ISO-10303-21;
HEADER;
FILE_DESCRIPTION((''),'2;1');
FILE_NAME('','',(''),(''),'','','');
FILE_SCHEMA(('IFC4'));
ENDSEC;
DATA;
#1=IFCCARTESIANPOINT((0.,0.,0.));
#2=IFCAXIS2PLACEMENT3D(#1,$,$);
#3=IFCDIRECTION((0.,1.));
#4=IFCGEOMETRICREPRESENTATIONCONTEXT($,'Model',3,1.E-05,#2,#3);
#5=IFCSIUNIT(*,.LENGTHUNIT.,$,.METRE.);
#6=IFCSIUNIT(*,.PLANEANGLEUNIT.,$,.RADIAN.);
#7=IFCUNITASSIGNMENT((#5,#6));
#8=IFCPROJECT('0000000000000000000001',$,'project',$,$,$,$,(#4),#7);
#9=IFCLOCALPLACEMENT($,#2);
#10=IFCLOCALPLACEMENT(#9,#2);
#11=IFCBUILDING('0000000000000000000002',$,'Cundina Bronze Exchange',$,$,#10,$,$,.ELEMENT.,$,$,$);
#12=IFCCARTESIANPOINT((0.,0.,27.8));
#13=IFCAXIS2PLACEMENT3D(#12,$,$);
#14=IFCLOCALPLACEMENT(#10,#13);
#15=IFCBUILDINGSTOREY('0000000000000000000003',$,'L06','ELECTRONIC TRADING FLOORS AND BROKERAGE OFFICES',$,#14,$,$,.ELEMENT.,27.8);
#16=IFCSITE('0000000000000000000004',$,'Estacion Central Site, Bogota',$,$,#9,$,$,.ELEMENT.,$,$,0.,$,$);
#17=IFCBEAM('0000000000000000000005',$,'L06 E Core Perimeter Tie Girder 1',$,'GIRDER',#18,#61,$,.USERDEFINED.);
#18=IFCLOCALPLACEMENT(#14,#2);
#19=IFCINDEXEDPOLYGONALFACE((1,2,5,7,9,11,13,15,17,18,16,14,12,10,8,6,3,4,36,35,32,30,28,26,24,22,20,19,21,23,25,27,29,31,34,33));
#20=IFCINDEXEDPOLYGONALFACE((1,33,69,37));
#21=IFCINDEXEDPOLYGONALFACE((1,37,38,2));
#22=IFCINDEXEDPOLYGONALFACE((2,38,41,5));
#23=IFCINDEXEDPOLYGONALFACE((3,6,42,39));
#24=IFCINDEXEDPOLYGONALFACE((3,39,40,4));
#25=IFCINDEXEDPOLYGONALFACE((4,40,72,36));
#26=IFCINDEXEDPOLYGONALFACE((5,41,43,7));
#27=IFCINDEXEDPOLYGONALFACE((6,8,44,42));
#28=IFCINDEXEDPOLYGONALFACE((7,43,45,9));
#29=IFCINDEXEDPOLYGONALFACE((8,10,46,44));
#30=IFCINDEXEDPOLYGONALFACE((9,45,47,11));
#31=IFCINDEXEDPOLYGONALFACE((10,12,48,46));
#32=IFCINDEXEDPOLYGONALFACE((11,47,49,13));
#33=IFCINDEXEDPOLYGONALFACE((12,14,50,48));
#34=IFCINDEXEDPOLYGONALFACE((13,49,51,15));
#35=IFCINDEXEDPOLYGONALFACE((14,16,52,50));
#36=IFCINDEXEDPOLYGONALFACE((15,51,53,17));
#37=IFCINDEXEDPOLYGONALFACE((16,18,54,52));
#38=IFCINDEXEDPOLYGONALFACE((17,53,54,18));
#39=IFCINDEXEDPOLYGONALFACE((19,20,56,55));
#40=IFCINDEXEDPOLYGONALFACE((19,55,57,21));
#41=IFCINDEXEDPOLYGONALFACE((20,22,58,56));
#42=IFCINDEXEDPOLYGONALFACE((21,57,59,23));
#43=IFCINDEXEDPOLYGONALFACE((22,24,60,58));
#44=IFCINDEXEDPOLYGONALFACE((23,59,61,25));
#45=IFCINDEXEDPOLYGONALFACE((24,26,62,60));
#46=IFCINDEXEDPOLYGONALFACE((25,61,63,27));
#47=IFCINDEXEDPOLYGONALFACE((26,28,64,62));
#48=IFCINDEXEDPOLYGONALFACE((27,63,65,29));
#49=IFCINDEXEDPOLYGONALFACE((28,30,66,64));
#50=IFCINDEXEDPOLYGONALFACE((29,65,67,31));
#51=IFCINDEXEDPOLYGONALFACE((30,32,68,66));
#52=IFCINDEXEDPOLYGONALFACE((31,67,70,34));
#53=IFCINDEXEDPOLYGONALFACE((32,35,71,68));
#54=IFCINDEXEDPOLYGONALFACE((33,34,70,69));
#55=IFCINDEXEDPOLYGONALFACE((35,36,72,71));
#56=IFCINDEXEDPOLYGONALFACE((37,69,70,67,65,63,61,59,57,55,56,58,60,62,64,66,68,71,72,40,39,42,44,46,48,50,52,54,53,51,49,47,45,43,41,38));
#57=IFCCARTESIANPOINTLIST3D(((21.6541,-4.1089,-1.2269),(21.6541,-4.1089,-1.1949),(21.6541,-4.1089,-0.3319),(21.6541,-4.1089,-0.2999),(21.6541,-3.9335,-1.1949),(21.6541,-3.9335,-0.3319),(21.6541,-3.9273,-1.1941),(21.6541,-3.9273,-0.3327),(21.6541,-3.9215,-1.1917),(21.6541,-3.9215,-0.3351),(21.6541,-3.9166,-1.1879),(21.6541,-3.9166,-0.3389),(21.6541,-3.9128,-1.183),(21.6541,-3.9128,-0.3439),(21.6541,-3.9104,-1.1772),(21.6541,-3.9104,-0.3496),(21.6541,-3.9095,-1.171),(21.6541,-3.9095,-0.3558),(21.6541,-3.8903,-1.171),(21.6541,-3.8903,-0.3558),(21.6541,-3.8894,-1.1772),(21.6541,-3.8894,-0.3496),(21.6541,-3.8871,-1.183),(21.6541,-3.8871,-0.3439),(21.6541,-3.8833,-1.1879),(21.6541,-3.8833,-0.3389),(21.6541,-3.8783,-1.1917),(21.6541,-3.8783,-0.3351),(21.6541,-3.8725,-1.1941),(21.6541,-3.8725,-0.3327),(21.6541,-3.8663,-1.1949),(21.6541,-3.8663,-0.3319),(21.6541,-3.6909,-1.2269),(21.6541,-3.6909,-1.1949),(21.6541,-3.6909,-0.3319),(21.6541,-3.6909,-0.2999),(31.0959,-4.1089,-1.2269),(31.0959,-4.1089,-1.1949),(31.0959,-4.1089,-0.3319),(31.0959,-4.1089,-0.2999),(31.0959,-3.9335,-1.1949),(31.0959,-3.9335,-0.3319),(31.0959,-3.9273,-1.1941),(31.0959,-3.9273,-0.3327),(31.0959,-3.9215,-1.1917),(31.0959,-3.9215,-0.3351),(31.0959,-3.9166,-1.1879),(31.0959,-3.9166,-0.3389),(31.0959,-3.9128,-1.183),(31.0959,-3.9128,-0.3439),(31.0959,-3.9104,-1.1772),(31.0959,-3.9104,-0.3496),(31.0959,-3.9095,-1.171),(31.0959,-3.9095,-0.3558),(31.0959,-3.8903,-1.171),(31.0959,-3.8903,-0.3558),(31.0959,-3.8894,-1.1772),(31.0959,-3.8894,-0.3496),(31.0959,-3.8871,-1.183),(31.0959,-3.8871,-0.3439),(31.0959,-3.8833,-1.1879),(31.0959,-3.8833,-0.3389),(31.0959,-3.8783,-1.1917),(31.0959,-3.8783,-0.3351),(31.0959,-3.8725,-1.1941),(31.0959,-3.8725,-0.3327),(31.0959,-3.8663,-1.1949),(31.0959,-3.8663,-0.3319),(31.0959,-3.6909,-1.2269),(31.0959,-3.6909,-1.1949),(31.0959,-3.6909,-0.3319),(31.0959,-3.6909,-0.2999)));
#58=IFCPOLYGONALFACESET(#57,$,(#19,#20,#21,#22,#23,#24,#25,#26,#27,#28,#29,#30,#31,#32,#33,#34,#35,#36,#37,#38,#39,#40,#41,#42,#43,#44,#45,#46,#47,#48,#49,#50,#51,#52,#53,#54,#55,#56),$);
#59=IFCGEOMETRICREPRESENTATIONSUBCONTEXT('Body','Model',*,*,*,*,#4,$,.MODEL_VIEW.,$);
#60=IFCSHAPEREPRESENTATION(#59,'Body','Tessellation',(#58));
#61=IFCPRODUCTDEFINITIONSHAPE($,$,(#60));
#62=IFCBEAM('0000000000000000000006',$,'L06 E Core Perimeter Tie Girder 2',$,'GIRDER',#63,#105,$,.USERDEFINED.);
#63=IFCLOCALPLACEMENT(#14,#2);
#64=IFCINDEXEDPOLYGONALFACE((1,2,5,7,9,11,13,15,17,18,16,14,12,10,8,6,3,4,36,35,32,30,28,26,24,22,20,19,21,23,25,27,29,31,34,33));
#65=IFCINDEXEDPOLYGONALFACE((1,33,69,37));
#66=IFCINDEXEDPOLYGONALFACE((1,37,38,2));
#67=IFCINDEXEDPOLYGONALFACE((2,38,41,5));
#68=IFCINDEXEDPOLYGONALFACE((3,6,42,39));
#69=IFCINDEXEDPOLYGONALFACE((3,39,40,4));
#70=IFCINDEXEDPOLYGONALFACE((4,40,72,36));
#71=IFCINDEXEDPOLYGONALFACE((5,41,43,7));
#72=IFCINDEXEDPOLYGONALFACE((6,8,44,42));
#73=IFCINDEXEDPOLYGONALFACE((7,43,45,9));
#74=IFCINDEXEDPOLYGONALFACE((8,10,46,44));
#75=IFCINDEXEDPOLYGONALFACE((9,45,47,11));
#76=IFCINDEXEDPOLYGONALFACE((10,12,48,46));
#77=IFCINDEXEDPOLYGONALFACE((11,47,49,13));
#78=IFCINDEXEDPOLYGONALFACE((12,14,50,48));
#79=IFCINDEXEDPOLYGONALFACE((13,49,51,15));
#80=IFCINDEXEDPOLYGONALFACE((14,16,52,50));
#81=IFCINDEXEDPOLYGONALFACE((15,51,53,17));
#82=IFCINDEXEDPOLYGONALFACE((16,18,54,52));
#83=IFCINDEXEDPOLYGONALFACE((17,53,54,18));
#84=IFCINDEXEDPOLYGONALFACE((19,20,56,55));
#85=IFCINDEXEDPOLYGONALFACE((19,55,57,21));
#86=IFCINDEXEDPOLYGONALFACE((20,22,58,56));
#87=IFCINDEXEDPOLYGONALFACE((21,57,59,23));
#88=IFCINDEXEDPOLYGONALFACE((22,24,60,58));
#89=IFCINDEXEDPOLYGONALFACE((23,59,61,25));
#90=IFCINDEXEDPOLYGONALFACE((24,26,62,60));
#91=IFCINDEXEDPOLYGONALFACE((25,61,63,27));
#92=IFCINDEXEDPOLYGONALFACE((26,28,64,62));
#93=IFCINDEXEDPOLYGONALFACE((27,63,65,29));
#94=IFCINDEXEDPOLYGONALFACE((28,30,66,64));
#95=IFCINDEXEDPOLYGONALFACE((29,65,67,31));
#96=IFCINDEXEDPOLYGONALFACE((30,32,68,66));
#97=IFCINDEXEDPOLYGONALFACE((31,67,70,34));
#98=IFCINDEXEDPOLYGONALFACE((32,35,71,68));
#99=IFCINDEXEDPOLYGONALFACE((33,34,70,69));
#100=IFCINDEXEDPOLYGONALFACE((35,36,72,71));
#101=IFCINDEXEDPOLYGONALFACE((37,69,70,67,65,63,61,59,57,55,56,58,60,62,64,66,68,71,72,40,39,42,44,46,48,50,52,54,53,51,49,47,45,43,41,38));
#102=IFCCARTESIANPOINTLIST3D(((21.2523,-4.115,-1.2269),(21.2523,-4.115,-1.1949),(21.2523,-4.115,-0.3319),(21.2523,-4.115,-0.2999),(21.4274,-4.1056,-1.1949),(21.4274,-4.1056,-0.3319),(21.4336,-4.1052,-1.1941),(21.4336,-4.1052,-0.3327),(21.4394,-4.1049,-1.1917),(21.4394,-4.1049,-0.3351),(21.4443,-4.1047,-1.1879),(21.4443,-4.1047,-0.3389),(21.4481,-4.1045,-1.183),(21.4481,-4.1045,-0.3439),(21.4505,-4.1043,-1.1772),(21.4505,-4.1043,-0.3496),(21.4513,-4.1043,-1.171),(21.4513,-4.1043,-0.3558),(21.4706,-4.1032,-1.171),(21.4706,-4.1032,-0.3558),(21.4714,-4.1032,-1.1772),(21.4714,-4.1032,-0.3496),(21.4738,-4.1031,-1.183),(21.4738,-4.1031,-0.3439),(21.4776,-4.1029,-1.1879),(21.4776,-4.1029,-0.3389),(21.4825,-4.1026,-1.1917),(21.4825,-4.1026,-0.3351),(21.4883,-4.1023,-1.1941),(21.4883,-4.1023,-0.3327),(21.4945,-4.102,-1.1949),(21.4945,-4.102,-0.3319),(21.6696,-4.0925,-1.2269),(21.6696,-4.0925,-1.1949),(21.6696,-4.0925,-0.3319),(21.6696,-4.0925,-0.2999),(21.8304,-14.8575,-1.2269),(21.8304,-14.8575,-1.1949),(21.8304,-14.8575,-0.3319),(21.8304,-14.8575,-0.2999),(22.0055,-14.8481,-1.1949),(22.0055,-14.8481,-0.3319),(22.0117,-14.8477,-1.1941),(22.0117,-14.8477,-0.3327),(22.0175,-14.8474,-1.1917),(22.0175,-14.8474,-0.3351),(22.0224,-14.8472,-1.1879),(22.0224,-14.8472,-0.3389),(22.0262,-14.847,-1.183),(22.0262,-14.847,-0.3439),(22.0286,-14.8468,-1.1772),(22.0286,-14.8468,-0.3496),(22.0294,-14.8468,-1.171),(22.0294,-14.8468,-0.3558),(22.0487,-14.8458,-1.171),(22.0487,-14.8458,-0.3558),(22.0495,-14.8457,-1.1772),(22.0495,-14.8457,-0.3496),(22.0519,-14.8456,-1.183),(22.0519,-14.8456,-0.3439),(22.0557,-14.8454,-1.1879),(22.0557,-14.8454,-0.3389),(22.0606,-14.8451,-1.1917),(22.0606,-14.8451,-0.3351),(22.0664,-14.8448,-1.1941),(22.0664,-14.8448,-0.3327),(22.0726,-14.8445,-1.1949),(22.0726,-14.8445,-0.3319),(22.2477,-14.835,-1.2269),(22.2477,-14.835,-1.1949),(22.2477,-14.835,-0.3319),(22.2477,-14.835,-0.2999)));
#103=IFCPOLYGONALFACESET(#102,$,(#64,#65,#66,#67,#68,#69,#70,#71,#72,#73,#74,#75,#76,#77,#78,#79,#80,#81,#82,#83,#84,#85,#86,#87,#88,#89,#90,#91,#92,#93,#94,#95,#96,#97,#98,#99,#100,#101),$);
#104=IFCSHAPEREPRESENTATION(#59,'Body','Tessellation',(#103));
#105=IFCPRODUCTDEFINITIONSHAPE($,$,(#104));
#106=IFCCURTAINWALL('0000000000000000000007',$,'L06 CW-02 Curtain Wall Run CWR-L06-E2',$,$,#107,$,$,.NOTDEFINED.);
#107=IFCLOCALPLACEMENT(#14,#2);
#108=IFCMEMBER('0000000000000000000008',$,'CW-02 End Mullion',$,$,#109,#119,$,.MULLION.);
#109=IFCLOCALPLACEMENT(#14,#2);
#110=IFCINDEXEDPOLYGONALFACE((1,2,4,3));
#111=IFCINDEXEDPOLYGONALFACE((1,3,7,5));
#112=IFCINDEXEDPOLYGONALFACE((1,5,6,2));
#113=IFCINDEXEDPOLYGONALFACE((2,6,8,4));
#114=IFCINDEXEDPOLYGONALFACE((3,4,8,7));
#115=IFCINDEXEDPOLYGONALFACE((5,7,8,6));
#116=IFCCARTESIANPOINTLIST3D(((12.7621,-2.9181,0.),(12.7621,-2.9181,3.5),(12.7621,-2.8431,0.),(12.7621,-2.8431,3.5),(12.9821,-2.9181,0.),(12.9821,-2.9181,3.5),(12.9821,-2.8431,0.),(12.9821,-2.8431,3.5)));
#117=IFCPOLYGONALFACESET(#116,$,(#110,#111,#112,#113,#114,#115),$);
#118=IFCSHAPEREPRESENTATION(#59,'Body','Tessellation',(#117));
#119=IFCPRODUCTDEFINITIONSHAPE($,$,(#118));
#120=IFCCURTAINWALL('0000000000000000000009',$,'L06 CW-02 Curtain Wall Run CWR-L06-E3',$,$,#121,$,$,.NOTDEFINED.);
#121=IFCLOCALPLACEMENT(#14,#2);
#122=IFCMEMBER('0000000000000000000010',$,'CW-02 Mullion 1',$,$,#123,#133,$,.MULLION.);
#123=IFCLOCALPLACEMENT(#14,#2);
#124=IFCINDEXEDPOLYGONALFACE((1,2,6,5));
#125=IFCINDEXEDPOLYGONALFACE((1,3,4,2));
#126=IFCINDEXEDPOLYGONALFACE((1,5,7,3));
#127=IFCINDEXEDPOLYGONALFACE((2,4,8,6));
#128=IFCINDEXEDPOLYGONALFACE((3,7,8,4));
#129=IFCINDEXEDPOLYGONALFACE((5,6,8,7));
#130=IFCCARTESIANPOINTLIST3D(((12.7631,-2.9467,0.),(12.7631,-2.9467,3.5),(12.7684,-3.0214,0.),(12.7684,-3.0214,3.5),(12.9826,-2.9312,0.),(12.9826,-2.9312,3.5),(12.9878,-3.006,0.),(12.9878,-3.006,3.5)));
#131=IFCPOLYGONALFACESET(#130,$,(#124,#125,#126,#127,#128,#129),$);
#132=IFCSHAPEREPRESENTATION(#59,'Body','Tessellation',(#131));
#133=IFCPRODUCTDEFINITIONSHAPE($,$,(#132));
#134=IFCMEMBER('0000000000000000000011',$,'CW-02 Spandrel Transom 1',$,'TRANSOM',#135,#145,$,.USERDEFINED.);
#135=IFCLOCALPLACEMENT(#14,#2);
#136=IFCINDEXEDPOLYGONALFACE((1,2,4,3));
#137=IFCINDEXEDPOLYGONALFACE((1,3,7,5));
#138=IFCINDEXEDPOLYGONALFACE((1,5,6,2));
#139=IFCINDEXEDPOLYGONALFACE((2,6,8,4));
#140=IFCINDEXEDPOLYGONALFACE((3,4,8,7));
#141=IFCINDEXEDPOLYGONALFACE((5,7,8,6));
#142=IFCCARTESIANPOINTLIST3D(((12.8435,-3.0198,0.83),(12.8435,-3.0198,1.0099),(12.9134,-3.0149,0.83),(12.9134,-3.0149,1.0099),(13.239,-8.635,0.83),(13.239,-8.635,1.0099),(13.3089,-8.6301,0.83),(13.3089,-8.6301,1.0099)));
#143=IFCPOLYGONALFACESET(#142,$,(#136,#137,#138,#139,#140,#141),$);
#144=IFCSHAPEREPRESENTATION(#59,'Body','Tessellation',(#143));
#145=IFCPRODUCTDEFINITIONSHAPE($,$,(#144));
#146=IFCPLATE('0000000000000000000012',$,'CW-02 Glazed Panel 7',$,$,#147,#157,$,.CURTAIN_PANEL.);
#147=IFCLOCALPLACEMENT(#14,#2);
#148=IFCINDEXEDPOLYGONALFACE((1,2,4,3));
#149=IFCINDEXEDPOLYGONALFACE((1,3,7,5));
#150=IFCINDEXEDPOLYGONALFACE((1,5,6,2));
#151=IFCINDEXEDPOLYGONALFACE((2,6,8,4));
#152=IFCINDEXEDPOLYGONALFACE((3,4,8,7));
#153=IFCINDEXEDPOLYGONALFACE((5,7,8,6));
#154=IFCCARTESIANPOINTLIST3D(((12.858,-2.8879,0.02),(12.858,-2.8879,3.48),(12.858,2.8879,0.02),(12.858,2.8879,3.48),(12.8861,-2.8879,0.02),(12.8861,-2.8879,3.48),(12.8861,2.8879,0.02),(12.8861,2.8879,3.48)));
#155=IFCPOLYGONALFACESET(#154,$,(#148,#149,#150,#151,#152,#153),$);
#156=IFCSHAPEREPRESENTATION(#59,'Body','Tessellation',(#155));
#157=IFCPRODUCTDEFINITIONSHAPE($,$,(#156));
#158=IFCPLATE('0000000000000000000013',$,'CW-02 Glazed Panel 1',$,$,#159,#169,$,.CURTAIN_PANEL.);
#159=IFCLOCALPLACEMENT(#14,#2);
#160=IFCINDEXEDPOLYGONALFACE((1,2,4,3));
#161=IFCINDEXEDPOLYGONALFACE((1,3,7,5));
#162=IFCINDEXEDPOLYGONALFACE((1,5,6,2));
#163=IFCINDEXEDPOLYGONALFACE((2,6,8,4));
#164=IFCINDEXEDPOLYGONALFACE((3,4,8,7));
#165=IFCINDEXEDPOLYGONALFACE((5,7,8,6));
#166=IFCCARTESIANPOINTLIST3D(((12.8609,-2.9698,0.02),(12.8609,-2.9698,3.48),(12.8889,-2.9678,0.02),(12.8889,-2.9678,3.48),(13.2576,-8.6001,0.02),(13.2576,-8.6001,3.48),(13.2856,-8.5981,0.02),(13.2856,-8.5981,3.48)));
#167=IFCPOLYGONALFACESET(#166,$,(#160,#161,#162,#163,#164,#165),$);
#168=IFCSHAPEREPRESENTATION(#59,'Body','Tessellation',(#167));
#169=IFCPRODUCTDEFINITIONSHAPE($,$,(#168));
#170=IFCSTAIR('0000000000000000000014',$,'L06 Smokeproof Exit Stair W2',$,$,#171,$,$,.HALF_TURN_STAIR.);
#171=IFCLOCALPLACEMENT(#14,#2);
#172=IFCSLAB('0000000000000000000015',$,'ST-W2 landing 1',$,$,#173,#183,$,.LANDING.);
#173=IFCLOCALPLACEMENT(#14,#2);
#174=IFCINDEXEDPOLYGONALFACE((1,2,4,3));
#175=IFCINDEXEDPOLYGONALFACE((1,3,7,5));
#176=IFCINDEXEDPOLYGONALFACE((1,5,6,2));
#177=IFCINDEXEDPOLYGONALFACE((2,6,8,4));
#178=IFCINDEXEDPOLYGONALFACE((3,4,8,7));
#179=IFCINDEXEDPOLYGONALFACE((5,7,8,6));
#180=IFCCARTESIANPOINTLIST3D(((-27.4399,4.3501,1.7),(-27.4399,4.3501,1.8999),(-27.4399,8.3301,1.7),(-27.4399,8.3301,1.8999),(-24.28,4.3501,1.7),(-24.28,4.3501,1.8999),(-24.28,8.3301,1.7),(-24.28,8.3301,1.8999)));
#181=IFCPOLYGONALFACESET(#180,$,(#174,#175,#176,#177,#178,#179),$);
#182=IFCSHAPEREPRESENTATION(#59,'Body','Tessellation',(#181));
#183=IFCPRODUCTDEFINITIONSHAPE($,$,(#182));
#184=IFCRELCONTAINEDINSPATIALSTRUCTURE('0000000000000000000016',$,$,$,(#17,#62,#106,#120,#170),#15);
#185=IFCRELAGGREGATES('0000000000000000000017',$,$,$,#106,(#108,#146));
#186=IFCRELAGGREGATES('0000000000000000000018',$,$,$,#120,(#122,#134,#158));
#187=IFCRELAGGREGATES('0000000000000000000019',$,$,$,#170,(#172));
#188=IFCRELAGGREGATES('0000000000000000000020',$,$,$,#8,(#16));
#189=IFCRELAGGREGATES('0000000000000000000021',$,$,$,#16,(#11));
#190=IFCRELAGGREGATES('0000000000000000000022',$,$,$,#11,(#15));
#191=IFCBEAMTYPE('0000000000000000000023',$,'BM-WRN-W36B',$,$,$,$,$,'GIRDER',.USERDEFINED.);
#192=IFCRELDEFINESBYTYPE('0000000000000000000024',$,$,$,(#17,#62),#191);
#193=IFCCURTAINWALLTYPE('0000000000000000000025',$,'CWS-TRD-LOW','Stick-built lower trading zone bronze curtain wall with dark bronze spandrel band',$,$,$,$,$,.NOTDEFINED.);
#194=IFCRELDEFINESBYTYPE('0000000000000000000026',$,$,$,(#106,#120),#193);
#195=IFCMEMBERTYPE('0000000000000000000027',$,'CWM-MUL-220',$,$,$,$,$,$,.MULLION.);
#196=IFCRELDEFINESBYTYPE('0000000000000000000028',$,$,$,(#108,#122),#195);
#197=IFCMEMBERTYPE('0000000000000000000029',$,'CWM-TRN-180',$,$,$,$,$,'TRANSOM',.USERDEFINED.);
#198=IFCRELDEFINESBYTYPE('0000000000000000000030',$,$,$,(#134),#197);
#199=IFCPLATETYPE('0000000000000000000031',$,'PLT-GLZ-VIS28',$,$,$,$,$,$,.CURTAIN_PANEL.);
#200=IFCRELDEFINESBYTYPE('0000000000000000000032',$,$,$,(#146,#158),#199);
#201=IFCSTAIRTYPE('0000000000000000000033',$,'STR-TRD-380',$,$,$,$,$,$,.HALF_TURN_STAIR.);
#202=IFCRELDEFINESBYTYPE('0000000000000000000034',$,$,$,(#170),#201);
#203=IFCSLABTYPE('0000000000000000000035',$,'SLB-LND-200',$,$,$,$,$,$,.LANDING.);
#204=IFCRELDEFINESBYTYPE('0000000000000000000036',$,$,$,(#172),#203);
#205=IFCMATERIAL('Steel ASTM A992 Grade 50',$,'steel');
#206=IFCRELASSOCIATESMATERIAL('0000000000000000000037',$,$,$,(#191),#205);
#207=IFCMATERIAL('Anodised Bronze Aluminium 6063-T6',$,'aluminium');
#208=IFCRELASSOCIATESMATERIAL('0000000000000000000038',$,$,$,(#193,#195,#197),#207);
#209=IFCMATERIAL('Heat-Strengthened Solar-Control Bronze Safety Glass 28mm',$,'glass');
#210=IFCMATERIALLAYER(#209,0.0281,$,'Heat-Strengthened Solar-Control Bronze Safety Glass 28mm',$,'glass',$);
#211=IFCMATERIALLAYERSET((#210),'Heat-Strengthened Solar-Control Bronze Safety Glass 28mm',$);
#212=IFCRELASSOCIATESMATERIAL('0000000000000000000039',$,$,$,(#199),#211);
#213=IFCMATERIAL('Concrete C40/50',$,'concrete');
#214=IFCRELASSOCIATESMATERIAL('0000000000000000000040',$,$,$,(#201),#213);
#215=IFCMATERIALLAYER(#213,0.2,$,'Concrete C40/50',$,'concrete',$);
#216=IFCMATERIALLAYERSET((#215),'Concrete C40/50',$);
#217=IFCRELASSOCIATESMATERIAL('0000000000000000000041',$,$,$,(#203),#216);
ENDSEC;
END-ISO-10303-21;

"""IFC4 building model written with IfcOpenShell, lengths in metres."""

from ifc_helpers import new_model, si_unit, direction, frame, origin, origin_2d, place, context, subcontext, project, spatial, polyline, rectangle, i_section, outline, extrude, material, layer, layer_set, material_profile, profile_set, type_object, element, aggregate, save


model = new_model("IFC4")

# Units and contexts
model_context = context("Model", 3, precision=1e-05, world=origin(), true_north=direction((0.0, 1.0)))
body_context = subcontext(model_context, "Body", "Model", "MODEL_VIEW")
ifc_project = project(units=[si_unit("LENGTHUNIT", "METRE"), si_unit("PLANEANGLEUNIT", "RADIAN")], contexts=[model_context])

# Site, building, storey
site_placement = place(None, origin())
site = spatial("IfcSite", under=ifc_project, at=site_placement, Name="Estacion Central Site, Bogota", CompositionType="ELEMENT", RefElevation=0.0)
building_placement = place(site_placement, origin())
building = spatial("IfcBuilding", under=site, at=building_placement, Name="Cundina Bronze Exchange", CompositionType="ELEMENT")
storey_placement = place(building_placement, frame((0.0, 0.0, 27.8)))
storey = spatial("IfcBuildingStorey", under=building, at=storey_placement, Name="L06", Description="ELECTRONIC TRADING FLOORS AND BROKERAGE OFFICES", CompositionType="ELEMENT", Elevation=27.8)

# Shared definitions
ifc_material_1 = material(Name="Steel ASTM A992 Grade 50", Category="steel")

# Beams
ifc_material_profile_1 = material_profile(ifc_material_1, i_section(OverallWidth=0.418, OverallDepth=0.927, WebThickness=0.0193, FlangeThickness=0.032, FilletRadius=0.0239, at=origin_2d()), Name="W36X231", Category="steel")
ifc_profile_set_1 = profile_set([ifc_material_profile_1], Name="Steel ASTM A992 Grade 50")
beam_type_1 = type_object("IfcBeamType", Name="BM-WRN-W36B", ElementType="GIRDER", PredefinedType="USERDEFINED", material=ifc_profile_set_1)
beam_1_placement = place(storey_placement, frame((31.0959, -3.8999, -0.7634), z_axis=(-1.0, 0.0, 0.0), x_axis=(0.0, -1.0, 0.0)))
element("IfcBeam", 1, at=beam_1_placement, inside=storey, type_object=beam_type_1, Name="L06 E Core Perimeter Tie Girder 1", ObjectType="GIRDER", PredefinedType="USERDEFINED", context=body_context, shape_type="SweptSolid", body=[
    extrude(i_section(OverallWidth=0.418, OverallDepth=0.927, WebThickness=0.0193, FlangeThickness=0.032, FilletRadius=0.0239, at=origin_2d()), origin(), (0.0, 0.0, 1.0), 9.4419),
])
beam_2_placement = place(storey_placement, frame((21.4609, -4.1038, -0.7634), z_axis=(0.053739, -0.998555, 0.0), x_axis=(0.998555, 0.053739, 0.0)))
element("IfcBeam", 2, at=beam_2_placement, inside=storey, type_object=beam_type_1, Name="L06 E Core Perimeter Tie Girder 2", ObjectType="GIRDER", PredefinedType="USERDEFINED", context=body_context, shape_type="SweptSolid", body=[
    extrude(i_section(OverallWidth=0.418, OverallDepth=0.927, WebThickness=0.0193, FlangeThickness=0.032, FilletRadius=0.0239, at=origin_2d()), origin(), (0.0, 0.0, 1.0), 10.7581),
])

# Curtain wall, member
ifc_material_2 = material(Name="Anodised Bronze Aluminium 6063-T6", Category="aluminium")
curtain_wall_type = type_object("IfcCurtainWallType", Name="CWS-TRD-LOW", Description="Stick-built lower trading zone bronze curtain wall with dark bronze spandrel band", PredefinedType="NOTDEFINED", material=ifc_material_2)
curtain_wall_1_placement = place(storey_placement, origin())
curtain_wall_1 = element("IfcCurtainWall", 3, at=curtain_wall_1_placement, inside=storey, type_object=curtain_wall_type, Name="L06 CW-02 Curtain Wall Run CWR-L06-E2", PredefinedType="NOTDEFINED")
ifc_material_profile_2 = material_profile(ifc_material_2, rectangle(XDim=0.075, YDim=0.22, at=origin_2d()), Name="AL75X220", Category="aluminium")
ifc_profile_set_2 = profile_set([ifc_material_profile_2], Name="Anodised Bronze Aluminium 6063-T6")
member_type_1 = type_object("IfcMemberType", Name="CWM-MUL-220", PredefinedType="MULLION", material=ifc_profile_set_2)
member_1_placement = place(storey_placement, frame((12.8721, -2.8806, 0.0), z_axis=(0.0, 0.0, 1.0), x_axis=(0.0, -1.0, 0.0)))
member_1 = element("IfcMember", 4, at=member_1_placement, type_object=member_type_1, Name="CW-02 End Mullion", PredefinedType="MULLION", context=body_context, shape_type="SweptSolid", body=[
    extrude(rectangle(XDim=0.075, YDim=0.22, at=origin_2d()), origin(), (0.0, 0.0, 1.0), 3.5),
])

# Curtain wall, members
curtain_wall_2_placement = place(storey_placement, origin())
curtain_wall_2 = element("IfcCurtainWall", 5, at=curtain_wall_2_placement, inside=storey, type_object=curtain_wall_type, Name="L06 CW-02 Curtain Wall Run CWR-L06-E3", PredefinedType="NOTDEFINED")
member_2_placement = place(storey_placement, frame((12.8755, -2.9763, 0.0), z_axis=(0.0, 0.0, 1.0), x_axis=(0.070279, -0.997527, 0.0)))
member_2 = element("IfcMember", 6, at=member_2_placement, type_object=member_type_1, Name="CW-02 Mullion 1", PredefinedType="MULLION", context=body_context, shape_type="SweptSolid", body=[
    extrude(rectangle(XDim=0.075, YDim=0.22, at=origin_2d()), origin(), (0.0, 0.0, 1.0), 3.5),
])
ifc_material_profile_3 = material_profile(ifc_material_2, rectangle(XDim=0.0701, YDim=0.1799, at=origin_2d()), Name="AL70X180", Category="aluminium")
ifc_profile_set_3 = profile_set([ifc_material_profile_3], Name="Anodised Bronze Aluminium 6063-T6")
member_type_2 = type_object("IfcMemberType", Name="CWM-TRN-180", ElementType="TRANSOM", PredefinedType="USERDEFINED", material=ifc_profile_set_3)
member_3_placement = place(storey_placement, frame((12.8784, -3.0173, 0.9199), z_axis=(0.070261, -0.997529, 0.0), x_axis=(0.997529, 0.070261, 0.0)))
member_3 = element("IfcMember", 7, at=member_3_placement, type_object=member_type_2, Name="CW-02 Spandrel Transom 1", ObjectType="TRANSOM", PredefinedType="USERDEFINED", context=body_context, shape_type="SweptSolid", body=[
    extrude(rectangle(XDim=0.0701, YDim=0.1799, at=origin_2d()), origin(), (0.0, 0.0, 1.0), 5.6292),
])

# Plates
ifc_material_3 = material(Name="Heat-Strengthened Solar-Control Bronze Safety Glass 28mm", Category="glass")
ifc_layer_1 = layer(ifc_material_3, 0.0281, Name="Heat-Strengthened Solar-Control Bronze Safety Glass 28mm", Category="glass")
ifc_layer_set_1 = layer_set([ifc_layer_1], Name="Heat-Strengthened Solar-Control Bronze Safety Glass 28mm")
plate_type = type_object("IfcPlateType", Name="PLT-GLZ-VIS28", PredefinedType="CURTAIN_PANEL", material=ifc_layer_set_1)
plate_1_placement = place(storey_placement, frame((12.8721, 0.0, 0.02), z_axis=(0.0, 0.0, 1.0), x_axis=(0.0, -1.0, 0.0)))
plate_1 = element("IfcPlate", 8, at=plate_1_placement, type_object=plate_type, Name="CW-02 Glazed Panel 7", PredefinedType="CURTAIN_PANEL", context=body_context, shape_type="SweptSolid", body=[
    extrude(rectangle(XDim=5.7759, YDim=0.0281, at=origin_2d()), origin(), (0.0, 0.0, 1.0), 3.46),
])
aggregate(curtain_wall_1, [member_1, plate_1])
plate_2_placement = place(storey_placement, frame((13.0732, -5.7839, 0.02), z_axis=(0.0, 0.0, 1.0), x_axis=(0.070279, -0.997527, 0.0)))
plate_2 = element("IfcPlate", 9, at=plate_2_placement, type_object=plate_type, Name="CW-02 Glazed Panel 1", PredefinedType="CURTAIN_PANEL", context=body_context, shape_type="SweptSolid", body=[
    extrude(rectangle(XDim=5.6443, YDim=0.0281, at=origin_2d()), origin(), (0.0, 0.0, 1.0), 3.46),
])
aggregate(curtain_wall_2, [member_2, member_3, plate_2])

# Stair, slab
ifc_material_4 = material(Name="Concrete C40/50", Category="concrete")
stair_type = type_object("IfcStairType", Name="STR-TRD-380", PredefinedType="HALF_TURN_STAIR", material=ifc_material_4)
stair_1_placement = place(storey_placement, origin())
stair_1 = element("IfcStair", 10, at=stair_1_placement, inside=storey, type_object=stair_type, Name="L06 Smokeproof Exit Stair W2", PredefinedType="HALF_TURN_STAIR")
ifc_layer_2 = layer(ifc_material_4, 0.2, Name="Concrete C40/50", Category="concrete")
ifc_layer_set_2 = layer_set([ifc_layer_2], Name="Concrete C40/50")
slab_type = type_object("IfcSlabType", Name="SLB-LND-200", PredefinedType="LANDING", material=ifc_layer_set_2)
slab_1_placement = place(storey_placement, frame((0.0, 0.0, 1.7)))
slab_1 = element("IfcSlab", 11, at=slab_1_placement, type_object=slab_type, Name="ST-W2 landing 1", PredefinedType="LANDING", context=body_context, shape_type="SweptSolid", body=[
    extrude(outline(polyline([(-27.4399, 8.3301), (-27.4399, 4.3501), (-24.28, 4.3501), (-24.28, 8.3301), (-27.4399, 8.3301)])), origin(), (0.0, 0.0, 1.0), 0.2),
])
aggregate(stair_1, [slab_1])

save(model, "model.ifc")
